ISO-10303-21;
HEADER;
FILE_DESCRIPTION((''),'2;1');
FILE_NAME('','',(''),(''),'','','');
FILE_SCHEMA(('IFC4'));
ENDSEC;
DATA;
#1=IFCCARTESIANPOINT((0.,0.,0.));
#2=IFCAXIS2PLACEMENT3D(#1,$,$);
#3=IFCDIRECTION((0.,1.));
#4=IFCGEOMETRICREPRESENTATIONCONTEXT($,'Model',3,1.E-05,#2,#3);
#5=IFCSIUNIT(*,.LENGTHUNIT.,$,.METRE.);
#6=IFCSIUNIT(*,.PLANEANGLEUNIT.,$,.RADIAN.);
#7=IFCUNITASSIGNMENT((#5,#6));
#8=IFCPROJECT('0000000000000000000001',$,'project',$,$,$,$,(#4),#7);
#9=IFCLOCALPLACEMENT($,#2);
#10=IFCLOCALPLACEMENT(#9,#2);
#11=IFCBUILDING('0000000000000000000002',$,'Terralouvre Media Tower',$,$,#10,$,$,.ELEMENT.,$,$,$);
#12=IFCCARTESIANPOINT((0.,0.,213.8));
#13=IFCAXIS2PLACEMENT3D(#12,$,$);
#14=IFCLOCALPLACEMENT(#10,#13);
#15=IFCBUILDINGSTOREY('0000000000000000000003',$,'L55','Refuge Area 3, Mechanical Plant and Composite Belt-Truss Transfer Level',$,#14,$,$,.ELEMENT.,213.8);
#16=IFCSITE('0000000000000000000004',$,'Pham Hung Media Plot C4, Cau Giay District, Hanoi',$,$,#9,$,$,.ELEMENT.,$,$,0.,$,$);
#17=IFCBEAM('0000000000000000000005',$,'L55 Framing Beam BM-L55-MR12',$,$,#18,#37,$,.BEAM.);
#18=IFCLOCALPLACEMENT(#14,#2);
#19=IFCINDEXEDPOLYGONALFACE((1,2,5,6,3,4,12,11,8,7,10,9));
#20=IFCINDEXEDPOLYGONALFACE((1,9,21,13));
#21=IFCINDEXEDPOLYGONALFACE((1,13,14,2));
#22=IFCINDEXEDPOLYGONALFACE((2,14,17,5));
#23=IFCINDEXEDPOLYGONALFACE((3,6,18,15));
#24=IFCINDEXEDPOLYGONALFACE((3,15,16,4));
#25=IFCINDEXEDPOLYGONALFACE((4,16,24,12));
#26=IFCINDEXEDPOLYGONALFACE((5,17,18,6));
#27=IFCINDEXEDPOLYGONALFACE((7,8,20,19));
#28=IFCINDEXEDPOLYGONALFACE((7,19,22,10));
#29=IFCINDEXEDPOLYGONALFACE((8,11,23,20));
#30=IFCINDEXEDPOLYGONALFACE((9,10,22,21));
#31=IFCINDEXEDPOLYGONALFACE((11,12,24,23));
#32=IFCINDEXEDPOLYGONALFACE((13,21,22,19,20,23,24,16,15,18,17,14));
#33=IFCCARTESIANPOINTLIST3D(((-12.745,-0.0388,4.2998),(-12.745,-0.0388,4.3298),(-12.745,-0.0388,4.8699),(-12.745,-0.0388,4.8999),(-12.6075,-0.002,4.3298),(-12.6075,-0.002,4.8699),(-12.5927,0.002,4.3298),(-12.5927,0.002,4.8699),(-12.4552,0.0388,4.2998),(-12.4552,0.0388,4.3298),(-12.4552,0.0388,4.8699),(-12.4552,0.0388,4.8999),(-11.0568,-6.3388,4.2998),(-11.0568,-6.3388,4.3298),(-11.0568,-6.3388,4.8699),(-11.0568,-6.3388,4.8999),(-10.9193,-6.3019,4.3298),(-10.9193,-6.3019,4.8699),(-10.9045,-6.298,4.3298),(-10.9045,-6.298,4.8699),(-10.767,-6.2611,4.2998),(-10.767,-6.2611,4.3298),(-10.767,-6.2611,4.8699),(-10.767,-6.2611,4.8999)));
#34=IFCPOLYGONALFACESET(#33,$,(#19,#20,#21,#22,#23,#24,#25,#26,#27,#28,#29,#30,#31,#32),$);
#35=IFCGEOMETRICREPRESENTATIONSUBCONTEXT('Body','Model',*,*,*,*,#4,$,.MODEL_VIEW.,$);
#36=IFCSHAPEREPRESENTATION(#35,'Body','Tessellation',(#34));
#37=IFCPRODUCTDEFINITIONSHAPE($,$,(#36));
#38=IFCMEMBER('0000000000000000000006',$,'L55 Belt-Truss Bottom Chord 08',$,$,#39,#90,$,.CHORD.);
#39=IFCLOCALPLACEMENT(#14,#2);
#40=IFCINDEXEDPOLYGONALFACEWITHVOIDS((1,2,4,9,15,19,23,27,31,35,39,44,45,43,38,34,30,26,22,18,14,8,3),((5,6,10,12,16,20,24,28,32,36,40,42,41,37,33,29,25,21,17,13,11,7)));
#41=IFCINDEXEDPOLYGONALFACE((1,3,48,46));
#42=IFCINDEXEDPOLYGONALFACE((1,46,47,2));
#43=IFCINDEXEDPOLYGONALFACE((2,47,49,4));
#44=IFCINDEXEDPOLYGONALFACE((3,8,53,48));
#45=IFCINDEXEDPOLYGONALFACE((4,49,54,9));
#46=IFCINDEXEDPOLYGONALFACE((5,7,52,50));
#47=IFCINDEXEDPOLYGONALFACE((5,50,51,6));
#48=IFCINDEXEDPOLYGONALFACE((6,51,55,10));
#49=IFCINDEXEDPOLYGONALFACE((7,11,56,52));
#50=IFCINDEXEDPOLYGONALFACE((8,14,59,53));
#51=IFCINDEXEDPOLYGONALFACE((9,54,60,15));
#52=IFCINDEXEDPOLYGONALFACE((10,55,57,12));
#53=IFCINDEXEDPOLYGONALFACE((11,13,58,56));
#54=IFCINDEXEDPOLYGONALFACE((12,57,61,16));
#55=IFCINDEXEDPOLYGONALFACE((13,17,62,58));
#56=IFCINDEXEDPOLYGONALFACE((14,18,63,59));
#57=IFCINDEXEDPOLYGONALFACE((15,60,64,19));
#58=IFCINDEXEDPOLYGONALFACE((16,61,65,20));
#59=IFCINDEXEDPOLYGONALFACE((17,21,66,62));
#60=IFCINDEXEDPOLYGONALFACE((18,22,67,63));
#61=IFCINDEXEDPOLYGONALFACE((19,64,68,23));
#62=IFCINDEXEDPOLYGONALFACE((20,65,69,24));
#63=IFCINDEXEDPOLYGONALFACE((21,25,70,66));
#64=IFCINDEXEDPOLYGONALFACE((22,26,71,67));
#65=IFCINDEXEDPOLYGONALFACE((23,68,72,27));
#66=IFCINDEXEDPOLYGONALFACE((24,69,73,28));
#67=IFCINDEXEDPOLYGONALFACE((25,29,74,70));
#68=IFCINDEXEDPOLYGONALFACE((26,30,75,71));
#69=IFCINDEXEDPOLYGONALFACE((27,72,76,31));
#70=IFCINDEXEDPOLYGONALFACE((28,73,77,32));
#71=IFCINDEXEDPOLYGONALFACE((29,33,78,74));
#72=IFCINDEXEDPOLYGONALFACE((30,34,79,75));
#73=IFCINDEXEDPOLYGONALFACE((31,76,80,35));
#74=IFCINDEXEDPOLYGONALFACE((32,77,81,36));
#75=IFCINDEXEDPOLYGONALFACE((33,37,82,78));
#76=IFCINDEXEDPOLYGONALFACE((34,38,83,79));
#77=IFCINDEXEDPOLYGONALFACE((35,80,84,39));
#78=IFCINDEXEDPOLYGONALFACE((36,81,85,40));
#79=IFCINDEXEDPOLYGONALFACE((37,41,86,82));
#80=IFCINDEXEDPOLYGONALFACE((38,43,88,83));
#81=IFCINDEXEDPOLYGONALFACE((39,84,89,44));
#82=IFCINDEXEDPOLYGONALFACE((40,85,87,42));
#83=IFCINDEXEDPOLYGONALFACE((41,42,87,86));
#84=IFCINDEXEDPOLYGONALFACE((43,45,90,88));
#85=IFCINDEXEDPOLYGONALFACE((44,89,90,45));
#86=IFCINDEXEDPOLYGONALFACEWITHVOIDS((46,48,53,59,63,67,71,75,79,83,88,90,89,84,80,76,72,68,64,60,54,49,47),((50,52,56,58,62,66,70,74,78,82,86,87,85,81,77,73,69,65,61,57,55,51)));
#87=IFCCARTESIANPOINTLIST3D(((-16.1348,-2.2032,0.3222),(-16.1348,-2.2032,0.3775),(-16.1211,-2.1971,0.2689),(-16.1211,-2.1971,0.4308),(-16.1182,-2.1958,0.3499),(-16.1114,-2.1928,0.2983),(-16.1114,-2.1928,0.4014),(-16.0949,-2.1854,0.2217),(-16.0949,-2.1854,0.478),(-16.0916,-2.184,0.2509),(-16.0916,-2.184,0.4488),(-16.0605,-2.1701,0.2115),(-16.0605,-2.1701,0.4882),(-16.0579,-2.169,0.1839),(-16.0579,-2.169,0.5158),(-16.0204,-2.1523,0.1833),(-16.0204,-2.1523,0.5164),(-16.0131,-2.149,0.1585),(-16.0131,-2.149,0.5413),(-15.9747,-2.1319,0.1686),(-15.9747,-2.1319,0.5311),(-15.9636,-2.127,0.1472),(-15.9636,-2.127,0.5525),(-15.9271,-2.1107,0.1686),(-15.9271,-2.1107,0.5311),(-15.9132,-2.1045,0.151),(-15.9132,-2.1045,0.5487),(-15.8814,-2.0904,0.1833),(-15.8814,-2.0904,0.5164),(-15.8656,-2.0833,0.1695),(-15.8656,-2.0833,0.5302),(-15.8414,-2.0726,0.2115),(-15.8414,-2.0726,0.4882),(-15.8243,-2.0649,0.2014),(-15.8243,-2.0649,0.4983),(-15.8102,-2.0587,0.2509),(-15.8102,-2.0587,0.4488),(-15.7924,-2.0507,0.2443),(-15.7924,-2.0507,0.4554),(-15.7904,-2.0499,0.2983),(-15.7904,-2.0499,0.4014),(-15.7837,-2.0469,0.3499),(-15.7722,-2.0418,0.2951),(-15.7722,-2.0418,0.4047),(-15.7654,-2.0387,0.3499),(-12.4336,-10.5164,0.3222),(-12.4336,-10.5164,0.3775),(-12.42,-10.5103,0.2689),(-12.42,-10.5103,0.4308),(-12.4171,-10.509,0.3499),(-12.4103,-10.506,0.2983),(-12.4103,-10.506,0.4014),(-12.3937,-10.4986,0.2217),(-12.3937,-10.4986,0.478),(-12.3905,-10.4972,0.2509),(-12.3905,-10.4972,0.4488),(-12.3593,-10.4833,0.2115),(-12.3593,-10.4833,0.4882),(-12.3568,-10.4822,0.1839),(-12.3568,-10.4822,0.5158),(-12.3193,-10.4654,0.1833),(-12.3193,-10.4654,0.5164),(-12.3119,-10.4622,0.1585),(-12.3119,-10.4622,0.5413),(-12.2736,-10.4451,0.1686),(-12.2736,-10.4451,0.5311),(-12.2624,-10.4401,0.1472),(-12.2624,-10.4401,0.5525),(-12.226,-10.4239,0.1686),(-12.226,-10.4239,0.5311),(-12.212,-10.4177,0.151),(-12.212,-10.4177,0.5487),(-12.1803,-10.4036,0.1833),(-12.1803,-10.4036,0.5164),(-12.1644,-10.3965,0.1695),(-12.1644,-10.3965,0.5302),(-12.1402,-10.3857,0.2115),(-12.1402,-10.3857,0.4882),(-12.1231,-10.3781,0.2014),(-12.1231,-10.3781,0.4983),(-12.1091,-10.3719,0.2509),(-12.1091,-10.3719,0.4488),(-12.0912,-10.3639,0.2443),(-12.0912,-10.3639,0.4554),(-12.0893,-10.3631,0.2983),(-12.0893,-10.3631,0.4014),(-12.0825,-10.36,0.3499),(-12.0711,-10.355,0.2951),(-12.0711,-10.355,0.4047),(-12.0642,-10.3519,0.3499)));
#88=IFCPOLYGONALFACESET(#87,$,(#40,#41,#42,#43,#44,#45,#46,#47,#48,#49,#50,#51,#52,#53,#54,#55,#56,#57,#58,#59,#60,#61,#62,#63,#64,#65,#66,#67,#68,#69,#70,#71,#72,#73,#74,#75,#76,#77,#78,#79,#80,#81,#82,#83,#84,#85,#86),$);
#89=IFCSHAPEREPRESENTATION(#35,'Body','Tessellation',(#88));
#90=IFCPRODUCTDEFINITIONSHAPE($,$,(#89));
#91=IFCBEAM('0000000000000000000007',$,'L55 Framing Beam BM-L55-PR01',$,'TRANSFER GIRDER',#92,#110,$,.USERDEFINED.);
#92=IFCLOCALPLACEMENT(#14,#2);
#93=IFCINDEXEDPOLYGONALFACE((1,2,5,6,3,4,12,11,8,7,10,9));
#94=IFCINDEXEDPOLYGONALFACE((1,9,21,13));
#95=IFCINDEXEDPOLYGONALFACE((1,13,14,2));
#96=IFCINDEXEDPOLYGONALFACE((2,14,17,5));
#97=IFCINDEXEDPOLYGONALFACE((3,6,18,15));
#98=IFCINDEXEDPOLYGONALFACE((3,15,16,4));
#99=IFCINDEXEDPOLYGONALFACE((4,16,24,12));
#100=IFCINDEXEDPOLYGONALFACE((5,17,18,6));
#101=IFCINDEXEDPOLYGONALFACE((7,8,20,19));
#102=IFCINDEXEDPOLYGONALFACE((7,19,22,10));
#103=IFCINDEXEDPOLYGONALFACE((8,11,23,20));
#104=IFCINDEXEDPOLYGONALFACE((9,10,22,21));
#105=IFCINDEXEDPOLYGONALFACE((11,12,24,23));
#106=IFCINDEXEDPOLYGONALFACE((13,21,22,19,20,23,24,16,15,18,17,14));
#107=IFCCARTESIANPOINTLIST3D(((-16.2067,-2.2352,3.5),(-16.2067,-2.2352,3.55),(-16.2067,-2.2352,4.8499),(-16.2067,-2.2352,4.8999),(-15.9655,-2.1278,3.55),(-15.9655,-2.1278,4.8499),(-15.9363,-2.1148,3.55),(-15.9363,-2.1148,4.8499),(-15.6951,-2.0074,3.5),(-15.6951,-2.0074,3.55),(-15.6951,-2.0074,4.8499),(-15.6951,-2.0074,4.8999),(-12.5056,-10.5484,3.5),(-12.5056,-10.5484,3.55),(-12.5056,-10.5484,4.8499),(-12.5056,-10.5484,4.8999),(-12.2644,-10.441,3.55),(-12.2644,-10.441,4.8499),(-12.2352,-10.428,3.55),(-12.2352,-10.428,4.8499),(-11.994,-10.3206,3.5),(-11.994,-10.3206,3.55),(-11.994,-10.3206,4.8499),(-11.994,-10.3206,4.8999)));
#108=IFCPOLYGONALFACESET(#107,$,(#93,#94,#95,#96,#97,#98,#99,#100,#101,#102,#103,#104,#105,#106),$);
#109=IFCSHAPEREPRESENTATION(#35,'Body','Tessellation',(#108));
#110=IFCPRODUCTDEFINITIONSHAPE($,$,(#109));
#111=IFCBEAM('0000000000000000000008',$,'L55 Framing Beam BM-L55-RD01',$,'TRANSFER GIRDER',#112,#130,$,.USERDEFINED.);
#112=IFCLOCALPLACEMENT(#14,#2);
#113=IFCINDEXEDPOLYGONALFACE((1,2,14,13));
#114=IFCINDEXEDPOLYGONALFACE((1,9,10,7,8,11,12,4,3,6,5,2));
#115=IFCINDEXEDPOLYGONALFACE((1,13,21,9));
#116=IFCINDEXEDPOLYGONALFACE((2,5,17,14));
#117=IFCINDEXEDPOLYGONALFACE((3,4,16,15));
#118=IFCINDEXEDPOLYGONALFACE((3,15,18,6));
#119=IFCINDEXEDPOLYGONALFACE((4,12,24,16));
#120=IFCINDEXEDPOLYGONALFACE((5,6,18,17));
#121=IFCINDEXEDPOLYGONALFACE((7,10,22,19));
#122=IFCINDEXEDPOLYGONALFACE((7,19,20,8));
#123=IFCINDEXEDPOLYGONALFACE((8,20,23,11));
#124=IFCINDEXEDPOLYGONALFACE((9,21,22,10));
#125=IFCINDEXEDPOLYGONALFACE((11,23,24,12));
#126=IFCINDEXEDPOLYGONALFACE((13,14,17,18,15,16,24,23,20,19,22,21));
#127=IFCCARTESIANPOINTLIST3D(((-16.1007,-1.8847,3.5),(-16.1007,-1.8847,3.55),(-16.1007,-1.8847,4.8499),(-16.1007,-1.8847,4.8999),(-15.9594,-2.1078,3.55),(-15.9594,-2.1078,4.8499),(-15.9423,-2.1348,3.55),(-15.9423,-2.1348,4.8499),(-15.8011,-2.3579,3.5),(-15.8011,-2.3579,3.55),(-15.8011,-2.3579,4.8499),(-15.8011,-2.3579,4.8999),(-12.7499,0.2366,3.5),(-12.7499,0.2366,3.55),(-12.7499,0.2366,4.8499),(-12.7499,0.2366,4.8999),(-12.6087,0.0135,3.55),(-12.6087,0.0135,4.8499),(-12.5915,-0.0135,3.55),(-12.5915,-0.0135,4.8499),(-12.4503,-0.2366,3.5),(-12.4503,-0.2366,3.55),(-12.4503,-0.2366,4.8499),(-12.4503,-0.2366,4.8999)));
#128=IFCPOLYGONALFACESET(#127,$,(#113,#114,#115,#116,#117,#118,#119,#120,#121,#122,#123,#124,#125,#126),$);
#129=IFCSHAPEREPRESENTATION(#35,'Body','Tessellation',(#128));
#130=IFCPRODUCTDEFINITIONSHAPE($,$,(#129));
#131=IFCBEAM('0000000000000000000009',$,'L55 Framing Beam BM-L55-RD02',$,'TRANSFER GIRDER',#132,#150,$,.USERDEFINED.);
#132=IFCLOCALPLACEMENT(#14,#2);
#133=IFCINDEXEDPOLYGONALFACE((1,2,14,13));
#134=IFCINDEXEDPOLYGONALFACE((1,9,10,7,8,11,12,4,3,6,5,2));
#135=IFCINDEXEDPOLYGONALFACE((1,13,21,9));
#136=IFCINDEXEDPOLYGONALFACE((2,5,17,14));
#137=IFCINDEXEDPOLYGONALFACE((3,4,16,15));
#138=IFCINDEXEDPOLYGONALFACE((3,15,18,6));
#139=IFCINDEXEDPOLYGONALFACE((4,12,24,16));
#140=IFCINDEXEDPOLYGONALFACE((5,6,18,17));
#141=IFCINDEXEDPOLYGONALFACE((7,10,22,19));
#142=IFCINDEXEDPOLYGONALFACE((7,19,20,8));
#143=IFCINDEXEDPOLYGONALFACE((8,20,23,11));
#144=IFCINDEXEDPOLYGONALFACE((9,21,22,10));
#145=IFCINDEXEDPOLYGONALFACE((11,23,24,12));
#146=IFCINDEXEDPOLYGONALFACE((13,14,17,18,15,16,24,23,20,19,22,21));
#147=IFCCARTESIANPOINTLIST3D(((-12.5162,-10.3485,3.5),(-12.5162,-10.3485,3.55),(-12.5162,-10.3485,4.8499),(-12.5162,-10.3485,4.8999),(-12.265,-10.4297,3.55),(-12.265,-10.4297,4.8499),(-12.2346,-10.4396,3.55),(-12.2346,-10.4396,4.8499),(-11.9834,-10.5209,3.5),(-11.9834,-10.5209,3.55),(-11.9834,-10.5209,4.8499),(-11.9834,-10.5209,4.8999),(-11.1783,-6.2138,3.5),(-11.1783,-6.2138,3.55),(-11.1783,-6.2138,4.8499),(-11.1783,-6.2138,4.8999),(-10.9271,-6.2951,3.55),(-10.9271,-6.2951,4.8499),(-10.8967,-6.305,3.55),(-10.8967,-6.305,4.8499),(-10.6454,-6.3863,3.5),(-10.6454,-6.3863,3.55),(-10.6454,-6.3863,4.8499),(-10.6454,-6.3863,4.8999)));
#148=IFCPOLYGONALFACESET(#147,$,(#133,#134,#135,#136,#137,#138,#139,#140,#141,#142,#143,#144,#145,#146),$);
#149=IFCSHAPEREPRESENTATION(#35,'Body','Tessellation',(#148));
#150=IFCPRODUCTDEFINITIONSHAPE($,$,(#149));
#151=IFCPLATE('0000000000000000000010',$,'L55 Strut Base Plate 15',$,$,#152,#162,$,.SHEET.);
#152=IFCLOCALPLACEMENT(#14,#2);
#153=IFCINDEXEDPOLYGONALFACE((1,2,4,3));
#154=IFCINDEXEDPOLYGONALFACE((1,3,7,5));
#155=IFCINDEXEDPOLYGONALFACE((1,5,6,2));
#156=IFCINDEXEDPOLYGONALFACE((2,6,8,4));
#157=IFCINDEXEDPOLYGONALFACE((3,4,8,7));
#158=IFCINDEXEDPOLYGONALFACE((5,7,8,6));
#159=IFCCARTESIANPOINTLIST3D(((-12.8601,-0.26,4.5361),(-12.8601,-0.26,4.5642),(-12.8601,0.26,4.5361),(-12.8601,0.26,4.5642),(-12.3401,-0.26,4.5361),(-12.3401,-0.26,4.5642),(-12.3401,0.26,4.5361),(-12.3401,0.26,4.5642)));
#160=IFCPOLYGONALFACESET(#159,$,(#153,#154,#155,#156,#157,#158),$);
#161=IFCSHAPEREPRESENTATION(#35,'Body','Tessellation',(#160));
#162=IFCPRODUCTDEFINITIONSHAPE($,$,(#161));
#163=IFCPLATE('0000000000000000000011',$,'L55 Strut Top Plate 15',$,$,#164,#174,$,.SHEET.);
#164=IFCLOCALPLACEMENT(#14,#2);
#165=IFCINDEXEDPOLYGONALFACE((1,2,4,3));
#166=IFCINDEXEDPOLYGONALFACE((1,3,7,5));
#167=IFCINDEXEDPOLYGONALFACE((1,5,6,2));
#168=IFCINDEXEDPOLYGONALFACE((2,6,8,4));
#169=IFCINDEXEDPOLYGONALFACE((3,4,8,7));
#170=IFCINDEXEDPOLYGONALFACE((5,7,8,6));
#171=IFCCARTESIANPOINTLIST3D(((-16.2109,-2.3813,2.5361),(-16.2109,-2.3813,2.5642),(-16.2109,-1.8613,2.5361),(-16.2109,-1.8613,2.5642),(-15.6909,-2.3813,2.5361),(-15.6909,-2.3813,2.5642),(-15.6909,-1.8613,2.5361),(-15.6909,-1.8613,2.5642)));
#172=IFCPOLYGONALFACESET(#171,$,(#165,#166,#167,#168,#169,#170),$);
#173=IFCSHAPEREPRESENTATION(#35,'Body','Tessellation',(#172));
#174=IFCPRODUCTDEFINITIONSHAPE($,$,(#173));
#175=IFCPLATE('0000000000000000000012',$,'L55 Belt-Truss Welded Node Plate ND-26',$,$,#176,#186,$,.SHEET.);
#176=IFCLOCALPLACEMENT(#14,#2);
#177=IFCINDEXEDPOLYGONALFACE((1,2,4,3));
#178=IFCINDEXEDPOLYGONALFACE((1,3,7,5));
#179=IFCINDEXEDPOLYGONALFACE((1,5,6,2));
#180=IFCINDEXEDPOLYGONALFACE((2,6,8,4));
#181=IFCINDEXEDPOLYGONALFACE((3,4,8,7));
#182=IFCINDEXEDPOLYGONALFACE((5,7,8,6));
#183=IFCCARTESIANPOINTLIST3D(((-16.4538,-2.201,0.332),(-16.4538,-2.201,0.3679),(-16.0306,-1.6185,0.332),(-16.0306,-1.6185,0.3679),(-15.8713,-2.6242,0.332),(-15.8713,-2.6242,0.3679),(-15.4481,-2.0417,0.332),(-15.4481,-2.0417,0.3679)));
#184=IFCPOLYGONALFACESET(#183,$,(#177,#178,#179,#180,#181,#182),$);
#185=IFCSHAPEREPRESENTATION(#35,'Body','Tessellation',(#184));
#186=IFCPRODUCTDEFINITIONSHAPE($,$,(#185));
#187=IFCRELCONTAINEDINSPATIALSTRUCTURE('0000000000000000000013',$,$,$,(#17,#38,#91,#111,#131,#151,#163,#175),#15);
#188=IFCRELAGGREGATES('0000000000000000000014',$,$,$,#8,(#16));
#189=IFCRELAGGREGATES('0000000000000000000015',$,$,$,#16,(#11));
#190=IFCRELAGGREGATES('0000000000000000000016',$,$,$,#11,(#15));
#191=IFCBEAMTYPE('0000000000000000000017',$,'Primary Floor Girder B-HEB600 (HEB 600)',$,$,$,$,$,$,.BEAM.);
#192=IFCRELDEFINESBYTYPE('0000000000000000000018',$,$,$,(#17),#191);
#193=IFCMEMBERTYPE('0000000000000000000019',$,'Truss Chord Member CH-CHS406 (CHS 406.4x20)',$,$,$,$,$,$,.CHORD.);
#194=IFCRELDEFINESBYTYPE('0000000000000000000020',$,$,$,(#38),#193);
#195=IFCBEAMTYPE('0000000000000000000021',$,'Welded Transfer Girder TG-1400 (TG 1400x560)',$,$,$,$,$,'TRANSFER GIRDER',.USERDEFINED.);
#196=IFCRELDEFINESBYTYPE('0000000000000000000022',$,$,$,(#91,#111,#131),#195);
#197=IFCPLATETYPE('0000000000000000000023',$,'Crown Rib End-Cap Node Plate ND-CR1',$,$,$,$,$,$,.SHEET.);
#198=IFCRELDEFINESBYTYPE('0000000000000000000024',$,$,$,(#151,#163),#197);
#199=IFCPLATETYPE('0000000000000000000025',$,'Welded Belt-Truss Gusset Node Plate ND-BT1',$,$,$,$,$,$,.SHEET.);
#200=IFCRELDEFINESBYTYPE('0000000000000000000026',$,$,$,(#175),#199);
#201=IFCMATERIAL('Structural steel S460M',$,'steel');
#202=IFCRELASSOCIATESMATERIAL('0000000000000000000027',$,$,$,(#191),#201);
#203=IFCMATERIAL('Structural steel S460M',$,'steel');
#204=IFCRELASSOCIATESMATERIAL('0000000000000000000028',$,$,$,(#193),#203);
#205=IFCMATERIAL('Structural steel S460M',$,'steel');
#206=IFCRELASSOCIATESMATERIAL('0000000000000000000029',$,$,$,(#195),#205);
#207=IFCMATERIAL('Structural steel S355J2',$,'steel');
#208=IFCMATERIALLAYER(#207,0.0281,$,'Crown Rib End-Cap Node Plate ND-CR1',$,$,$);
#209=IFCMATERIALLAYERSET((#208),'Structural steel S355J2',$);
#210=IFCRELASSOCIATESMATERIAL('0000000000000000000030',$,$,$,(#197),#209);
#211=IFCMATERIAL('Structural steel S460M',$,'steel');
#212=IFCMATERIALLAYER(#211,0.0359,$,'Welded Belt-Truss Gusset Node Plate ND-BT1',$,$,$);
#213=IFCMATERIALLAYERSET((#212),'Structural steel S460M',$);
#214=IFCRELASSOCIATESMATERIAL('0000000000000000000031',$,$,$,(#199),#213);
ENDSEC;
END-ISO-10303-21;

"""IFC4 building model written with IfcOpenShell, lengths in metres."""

from ifc_helpers import new_model, si_unit, direction, frame, origin, origin_2d, place, context, subcontext, project, spatial, rectangle, hollow_circle, i_section, extrude, material, layer, layer_set, material_profile, profile_set, type_object, element, save


model = new_model("IFC4")

# Units and contexts
model_context = context("Model", 3, precision=1e-05, world=origin(), true_north=direction((0.0, 1.0)))
body_context = subcontext(model_context, "Body", "Model", "MODEL_VIEW")
ifc_project = project(units=[si_unit("LENGTHUNIT", "METRE"), si_unit("PLANEANGLEUNIT", "RADIAN")], contexts=[model_context])

# Site, building, storey
site_placement = place(None, origin())
site = spatial("IfcSite", under=ifc_project, at=site_placement, Name="Pham Hung Media Plot C4, Cau Giay District, Hanoi", CompositionType="ELEMENT", RefElevation=0.0)
building_placement = place(site_placement, origin())
building = spatial("IfcBuilding", under=site, at=building_placement, Name="Terralouvre Media Tower", CompositionType="ELEMENT")
storey_placement = place(building_placement, frame((0.0, 0.0, 213.8)))
storey = spatial("IfcBuildingStorey", under=building, at=storey_placement, Name="L55", Description="Refuge Area 3, Mechanical Plant and Composite Belt-Truss Transfer Level", CompositionType="ELEMENT", Elevation=213.8)

# Beam
ifc_material_1 = material(Name="Structural steel S460M", Category="steel")
ifc_material_profile_1 = material_profile(ifc_material_1, i_section(OverallWidth=0.3, OverallDepth=0.6001, WebThickness=0.0154, FlangeThickness=0.03, at=origin_2d()), Name="HEB 600")
ifc_profile_set_1 = profile_set([ifc_material_profile_1], Name="Structural steel S460M")
beam_type_1 = type_object("IfcBeamType", Name="Primary Floor Girder B-HEB600 (HEB 600)", PredefinedType="BEAM", material=ifc_profile_set_1)
beam_1_placement = place(storey_placement, frame((-12.6001, 0.0, 4.5999), z_axis=(0.258839, -0.96592, 0.0), x_axis=(0.96592, 0.258839, 0.0)))
element("IfcBeam", 1, at=beam_1_placement, inside=storey, type_object=beam_type_1, Name="L55 Framing Beam BM-L55-MR12", PredefinedType="BEAM", context=body_context, shape_type="SweptSolid", body=[
    extrude(i_section(OverallWidth=0.3, OverallDepth=0.6001, WebThickness=0.0154, FlangeThickness=0.03, at=origin_2d()), origin(), (0.0, 0.0, 1.0), 6.5222),
])

# Member
ifc_material_2 = material(Name="Structural steel S460M", Category="steel")
ifc_material_profile_2 = material_profile(ifc_material_2, hollow_circle(Radius=0.2031, WallThickness=0.02, at=origin_2d()), Name="CHS 406.4x20")
ifc_profile_set_2 = profile_set([ifc_material_profile_2], Name="Structural steel S460M")
member_type_1 = type_object("IfcMemberType", Name="Truss Chord Member CH-CHS406 (CHS 406.4x20)", PredefinedType="CHORD", material=ifc_profile_set_2)
member_1_placement = place(storey_placement, frame((-15.9509, -2.1213, 0.3499), z_axis=(0.406726, -0.91355, 0.0), x_axis=(0.91355, 0.406726, 0.0)))
element("IfcMember", 2, at=member_1_placement, inside=storey, type_object=member_type_1, Name="L55 Belt-Truss Bottom Chord 08", PredefinedType="CHORD", context=body_context, shape_type="SweptSolid", body=[
    extrude(hollow_circle(Radius=0.2031, WallThickness=0.02, at=origin_2d()), origin(), (0.0, 0.0, 1.0), 9.0999),
])

# Beams
ifc_material_3 = material(Name="Structural steel S460M", Category="steel")
ifc_material_profile_3 = material_profile(ifc_material_3, i_section(OverallWidth=0.5601, OverallDepth=1.3999, WebThickness=0.032, FlangeThickness=0.05, at=origin_2d()), Name="TG 1400x560")
ifc_profile_set_3 = profile_set([ifc_material_profile_3], Name="Structural steel S460M")
beam_type_2 = type_object("IfcBeamType", Name="Welded Transfer Girder TG-1400 (TG 1400x560)", ElementType="TRANSFER GIRDER", PredefinedType="USERDEFINED", material=ifc_profile_set_3)
beam_2_placement = place(storey_placement, frame((-15.9509, -2.1213, 4.2), z_axis=(0.406726, -0.91355, 0.0), x_axis=(0.91355, 0.406726, 0.0)))
element("IfcBeam", 3, at=beam_2_placement, inside=storey, type_object=beam_type_2, Name="L55 Framing Beam BM-L55-PR01", ObjectType="TRANSFER GIRDER", PredefinedType="USERDEFINED", context=body_context, shape_type="SweptSolid", body=[
    extrude(i_section(OverallWidth=0.5601, OverallDepth=1.3999, WebThickness=0.032, FlangeThickness=0.05, at=origin_2d()), origin(), (0.0, 0.0, 1.0), 9.0999),
])
beam_3_placement = place(storey_placement, frame((-12.6001, 0.0, 4.2), z_axis=(-0.844916, -0.534898, 0.0), x_axis=(0.534898, -0.844916, 0.0)))
element("IfcBeam", 4, at=beam_3_placement, inside=storey, type_object=beam_type_2, Name="L55 Framing Beam BM-L55-RD01", ObjectType="TRANSFER GIRDER", PredefinedType="USERDEFINED", context=body_context, shape_type="SweptSolid", body=[
    extrude(i_section(OverallWidth=0.5601, OverallDepth=1.3999, WebThickness=0.032, FlangeThickness=0.05, at=origin_2d()), origin(), (0.0, 0.0, 1.0), 3.9658),
])
beam_4_placement = place(storey_placement, frame((-10.9119, -6.3, 4.2), z_axis=(-0.307873, -0.951428, 0.0), x_axis=(0.951428, -0.307873, 0.0)))
element("IfcBeam", 5, at=beam_4_placement, inside=storey, type_object=beam_type_2, Name="L55 Framing Beam BM-L55-RD02", ObjectType="TRANSFER GIRDER", PredefinedType="USERDEFINED", context=body_context, shape_type="SweptSolid", body=[
    extrude(i_section(OverallWidth=0.5601, OverallDepth=1.3999, WebThickness=0.032, FlangeThickness=0.05, at=origin_2d()), origin(), (0.0, 0.0, 1.0), 4.3457),
])

# Plates
ifc_material_4 = material(Name="Structural steel S355J2", Category="steel")
ifc_layer_1 = layer(ifc_material_4, 0.0281, Name="Crown Rib End-Cap Node Plate ND-CR1")
ifc_layer_set_1 = layer_set([ifc_layer_1], Name="Structural steel S355J2")
plate_type_1 = type_object("IfcPlateType", Name="Crown Rib End-Cap Node Plate ND-CR1", PredefinedType="SHEET", material=ifc_layer_set_1)
for number, where, z_axis, x_axis, name in (
    (6, (-12.6001, 0.0, 4.5361), (0.0, 0.0, 1.0), (1.0, 0.0, 0.0), "L55 Strut Base Plate 15"),
    (7, (-15.9509, -2.1213, 2.5361), (0.0, 0.0, 1.0), (1.0, 0.0, 0.0), "L55 Strut Top Plate 15"),
):
    element("IfcPlate", number, at=place(storey_placement, frame(where, z_axis=z_axis, x_axis=x_axis)), inside=storey, type_object=plate_type_1, Name=name, PredefinedType="SHEET", context=body_context, shape_type="SweptSolid", body=[
        extrude(rectangle(XDim=0.52, YDim=0.52, at=origin_2d()), origin(), (0.0, 0.0, 1.0), 0.0281),
    ])
ifc_material_5 = material(Name="Structural steel S460M", Category="steel")
ifc_layer_2 = layer(ifc_material_5, 0.0359, Name="Welded Belt-Truss Gusset Node Plate ND-BT1")
ifc_layer_set_2 = layer_set([ifc_layer_2], Name="Structural steel S460M")
plate_type_2 = type_object("IfcPlateType", Name="Welded Belt-Truss Gusset Node Plate ND-BT1", PredefinedType="SHEET", material=ifc_layer_set_2)
for number, where, z_axis, x_axis, name in (
    (8, (-15.9509, -2.1213, 0.332), (0.0, 0.0, 1.0), (0.587785, 0.809017, 0.0), "L55 Belt-Truss Welded Node Plate ND-26"),
):
    element("IfcPlate", number, at=place(storey_placement, frame(where, z_axis=z_axis, x_axis=x_axis)), inside=storey, type_object=plate_type_2, Name=name, PredefinedType="SHEET", context=body_context, shape_type="SweptSolid", body=[
        extrude(rectangle(XDim=0.72, YDim=0.72, at=origin_2d()), origin(), (0.0, 0.0, 1.0), 0.0359),
    ])

save(model, "model.ifc")
